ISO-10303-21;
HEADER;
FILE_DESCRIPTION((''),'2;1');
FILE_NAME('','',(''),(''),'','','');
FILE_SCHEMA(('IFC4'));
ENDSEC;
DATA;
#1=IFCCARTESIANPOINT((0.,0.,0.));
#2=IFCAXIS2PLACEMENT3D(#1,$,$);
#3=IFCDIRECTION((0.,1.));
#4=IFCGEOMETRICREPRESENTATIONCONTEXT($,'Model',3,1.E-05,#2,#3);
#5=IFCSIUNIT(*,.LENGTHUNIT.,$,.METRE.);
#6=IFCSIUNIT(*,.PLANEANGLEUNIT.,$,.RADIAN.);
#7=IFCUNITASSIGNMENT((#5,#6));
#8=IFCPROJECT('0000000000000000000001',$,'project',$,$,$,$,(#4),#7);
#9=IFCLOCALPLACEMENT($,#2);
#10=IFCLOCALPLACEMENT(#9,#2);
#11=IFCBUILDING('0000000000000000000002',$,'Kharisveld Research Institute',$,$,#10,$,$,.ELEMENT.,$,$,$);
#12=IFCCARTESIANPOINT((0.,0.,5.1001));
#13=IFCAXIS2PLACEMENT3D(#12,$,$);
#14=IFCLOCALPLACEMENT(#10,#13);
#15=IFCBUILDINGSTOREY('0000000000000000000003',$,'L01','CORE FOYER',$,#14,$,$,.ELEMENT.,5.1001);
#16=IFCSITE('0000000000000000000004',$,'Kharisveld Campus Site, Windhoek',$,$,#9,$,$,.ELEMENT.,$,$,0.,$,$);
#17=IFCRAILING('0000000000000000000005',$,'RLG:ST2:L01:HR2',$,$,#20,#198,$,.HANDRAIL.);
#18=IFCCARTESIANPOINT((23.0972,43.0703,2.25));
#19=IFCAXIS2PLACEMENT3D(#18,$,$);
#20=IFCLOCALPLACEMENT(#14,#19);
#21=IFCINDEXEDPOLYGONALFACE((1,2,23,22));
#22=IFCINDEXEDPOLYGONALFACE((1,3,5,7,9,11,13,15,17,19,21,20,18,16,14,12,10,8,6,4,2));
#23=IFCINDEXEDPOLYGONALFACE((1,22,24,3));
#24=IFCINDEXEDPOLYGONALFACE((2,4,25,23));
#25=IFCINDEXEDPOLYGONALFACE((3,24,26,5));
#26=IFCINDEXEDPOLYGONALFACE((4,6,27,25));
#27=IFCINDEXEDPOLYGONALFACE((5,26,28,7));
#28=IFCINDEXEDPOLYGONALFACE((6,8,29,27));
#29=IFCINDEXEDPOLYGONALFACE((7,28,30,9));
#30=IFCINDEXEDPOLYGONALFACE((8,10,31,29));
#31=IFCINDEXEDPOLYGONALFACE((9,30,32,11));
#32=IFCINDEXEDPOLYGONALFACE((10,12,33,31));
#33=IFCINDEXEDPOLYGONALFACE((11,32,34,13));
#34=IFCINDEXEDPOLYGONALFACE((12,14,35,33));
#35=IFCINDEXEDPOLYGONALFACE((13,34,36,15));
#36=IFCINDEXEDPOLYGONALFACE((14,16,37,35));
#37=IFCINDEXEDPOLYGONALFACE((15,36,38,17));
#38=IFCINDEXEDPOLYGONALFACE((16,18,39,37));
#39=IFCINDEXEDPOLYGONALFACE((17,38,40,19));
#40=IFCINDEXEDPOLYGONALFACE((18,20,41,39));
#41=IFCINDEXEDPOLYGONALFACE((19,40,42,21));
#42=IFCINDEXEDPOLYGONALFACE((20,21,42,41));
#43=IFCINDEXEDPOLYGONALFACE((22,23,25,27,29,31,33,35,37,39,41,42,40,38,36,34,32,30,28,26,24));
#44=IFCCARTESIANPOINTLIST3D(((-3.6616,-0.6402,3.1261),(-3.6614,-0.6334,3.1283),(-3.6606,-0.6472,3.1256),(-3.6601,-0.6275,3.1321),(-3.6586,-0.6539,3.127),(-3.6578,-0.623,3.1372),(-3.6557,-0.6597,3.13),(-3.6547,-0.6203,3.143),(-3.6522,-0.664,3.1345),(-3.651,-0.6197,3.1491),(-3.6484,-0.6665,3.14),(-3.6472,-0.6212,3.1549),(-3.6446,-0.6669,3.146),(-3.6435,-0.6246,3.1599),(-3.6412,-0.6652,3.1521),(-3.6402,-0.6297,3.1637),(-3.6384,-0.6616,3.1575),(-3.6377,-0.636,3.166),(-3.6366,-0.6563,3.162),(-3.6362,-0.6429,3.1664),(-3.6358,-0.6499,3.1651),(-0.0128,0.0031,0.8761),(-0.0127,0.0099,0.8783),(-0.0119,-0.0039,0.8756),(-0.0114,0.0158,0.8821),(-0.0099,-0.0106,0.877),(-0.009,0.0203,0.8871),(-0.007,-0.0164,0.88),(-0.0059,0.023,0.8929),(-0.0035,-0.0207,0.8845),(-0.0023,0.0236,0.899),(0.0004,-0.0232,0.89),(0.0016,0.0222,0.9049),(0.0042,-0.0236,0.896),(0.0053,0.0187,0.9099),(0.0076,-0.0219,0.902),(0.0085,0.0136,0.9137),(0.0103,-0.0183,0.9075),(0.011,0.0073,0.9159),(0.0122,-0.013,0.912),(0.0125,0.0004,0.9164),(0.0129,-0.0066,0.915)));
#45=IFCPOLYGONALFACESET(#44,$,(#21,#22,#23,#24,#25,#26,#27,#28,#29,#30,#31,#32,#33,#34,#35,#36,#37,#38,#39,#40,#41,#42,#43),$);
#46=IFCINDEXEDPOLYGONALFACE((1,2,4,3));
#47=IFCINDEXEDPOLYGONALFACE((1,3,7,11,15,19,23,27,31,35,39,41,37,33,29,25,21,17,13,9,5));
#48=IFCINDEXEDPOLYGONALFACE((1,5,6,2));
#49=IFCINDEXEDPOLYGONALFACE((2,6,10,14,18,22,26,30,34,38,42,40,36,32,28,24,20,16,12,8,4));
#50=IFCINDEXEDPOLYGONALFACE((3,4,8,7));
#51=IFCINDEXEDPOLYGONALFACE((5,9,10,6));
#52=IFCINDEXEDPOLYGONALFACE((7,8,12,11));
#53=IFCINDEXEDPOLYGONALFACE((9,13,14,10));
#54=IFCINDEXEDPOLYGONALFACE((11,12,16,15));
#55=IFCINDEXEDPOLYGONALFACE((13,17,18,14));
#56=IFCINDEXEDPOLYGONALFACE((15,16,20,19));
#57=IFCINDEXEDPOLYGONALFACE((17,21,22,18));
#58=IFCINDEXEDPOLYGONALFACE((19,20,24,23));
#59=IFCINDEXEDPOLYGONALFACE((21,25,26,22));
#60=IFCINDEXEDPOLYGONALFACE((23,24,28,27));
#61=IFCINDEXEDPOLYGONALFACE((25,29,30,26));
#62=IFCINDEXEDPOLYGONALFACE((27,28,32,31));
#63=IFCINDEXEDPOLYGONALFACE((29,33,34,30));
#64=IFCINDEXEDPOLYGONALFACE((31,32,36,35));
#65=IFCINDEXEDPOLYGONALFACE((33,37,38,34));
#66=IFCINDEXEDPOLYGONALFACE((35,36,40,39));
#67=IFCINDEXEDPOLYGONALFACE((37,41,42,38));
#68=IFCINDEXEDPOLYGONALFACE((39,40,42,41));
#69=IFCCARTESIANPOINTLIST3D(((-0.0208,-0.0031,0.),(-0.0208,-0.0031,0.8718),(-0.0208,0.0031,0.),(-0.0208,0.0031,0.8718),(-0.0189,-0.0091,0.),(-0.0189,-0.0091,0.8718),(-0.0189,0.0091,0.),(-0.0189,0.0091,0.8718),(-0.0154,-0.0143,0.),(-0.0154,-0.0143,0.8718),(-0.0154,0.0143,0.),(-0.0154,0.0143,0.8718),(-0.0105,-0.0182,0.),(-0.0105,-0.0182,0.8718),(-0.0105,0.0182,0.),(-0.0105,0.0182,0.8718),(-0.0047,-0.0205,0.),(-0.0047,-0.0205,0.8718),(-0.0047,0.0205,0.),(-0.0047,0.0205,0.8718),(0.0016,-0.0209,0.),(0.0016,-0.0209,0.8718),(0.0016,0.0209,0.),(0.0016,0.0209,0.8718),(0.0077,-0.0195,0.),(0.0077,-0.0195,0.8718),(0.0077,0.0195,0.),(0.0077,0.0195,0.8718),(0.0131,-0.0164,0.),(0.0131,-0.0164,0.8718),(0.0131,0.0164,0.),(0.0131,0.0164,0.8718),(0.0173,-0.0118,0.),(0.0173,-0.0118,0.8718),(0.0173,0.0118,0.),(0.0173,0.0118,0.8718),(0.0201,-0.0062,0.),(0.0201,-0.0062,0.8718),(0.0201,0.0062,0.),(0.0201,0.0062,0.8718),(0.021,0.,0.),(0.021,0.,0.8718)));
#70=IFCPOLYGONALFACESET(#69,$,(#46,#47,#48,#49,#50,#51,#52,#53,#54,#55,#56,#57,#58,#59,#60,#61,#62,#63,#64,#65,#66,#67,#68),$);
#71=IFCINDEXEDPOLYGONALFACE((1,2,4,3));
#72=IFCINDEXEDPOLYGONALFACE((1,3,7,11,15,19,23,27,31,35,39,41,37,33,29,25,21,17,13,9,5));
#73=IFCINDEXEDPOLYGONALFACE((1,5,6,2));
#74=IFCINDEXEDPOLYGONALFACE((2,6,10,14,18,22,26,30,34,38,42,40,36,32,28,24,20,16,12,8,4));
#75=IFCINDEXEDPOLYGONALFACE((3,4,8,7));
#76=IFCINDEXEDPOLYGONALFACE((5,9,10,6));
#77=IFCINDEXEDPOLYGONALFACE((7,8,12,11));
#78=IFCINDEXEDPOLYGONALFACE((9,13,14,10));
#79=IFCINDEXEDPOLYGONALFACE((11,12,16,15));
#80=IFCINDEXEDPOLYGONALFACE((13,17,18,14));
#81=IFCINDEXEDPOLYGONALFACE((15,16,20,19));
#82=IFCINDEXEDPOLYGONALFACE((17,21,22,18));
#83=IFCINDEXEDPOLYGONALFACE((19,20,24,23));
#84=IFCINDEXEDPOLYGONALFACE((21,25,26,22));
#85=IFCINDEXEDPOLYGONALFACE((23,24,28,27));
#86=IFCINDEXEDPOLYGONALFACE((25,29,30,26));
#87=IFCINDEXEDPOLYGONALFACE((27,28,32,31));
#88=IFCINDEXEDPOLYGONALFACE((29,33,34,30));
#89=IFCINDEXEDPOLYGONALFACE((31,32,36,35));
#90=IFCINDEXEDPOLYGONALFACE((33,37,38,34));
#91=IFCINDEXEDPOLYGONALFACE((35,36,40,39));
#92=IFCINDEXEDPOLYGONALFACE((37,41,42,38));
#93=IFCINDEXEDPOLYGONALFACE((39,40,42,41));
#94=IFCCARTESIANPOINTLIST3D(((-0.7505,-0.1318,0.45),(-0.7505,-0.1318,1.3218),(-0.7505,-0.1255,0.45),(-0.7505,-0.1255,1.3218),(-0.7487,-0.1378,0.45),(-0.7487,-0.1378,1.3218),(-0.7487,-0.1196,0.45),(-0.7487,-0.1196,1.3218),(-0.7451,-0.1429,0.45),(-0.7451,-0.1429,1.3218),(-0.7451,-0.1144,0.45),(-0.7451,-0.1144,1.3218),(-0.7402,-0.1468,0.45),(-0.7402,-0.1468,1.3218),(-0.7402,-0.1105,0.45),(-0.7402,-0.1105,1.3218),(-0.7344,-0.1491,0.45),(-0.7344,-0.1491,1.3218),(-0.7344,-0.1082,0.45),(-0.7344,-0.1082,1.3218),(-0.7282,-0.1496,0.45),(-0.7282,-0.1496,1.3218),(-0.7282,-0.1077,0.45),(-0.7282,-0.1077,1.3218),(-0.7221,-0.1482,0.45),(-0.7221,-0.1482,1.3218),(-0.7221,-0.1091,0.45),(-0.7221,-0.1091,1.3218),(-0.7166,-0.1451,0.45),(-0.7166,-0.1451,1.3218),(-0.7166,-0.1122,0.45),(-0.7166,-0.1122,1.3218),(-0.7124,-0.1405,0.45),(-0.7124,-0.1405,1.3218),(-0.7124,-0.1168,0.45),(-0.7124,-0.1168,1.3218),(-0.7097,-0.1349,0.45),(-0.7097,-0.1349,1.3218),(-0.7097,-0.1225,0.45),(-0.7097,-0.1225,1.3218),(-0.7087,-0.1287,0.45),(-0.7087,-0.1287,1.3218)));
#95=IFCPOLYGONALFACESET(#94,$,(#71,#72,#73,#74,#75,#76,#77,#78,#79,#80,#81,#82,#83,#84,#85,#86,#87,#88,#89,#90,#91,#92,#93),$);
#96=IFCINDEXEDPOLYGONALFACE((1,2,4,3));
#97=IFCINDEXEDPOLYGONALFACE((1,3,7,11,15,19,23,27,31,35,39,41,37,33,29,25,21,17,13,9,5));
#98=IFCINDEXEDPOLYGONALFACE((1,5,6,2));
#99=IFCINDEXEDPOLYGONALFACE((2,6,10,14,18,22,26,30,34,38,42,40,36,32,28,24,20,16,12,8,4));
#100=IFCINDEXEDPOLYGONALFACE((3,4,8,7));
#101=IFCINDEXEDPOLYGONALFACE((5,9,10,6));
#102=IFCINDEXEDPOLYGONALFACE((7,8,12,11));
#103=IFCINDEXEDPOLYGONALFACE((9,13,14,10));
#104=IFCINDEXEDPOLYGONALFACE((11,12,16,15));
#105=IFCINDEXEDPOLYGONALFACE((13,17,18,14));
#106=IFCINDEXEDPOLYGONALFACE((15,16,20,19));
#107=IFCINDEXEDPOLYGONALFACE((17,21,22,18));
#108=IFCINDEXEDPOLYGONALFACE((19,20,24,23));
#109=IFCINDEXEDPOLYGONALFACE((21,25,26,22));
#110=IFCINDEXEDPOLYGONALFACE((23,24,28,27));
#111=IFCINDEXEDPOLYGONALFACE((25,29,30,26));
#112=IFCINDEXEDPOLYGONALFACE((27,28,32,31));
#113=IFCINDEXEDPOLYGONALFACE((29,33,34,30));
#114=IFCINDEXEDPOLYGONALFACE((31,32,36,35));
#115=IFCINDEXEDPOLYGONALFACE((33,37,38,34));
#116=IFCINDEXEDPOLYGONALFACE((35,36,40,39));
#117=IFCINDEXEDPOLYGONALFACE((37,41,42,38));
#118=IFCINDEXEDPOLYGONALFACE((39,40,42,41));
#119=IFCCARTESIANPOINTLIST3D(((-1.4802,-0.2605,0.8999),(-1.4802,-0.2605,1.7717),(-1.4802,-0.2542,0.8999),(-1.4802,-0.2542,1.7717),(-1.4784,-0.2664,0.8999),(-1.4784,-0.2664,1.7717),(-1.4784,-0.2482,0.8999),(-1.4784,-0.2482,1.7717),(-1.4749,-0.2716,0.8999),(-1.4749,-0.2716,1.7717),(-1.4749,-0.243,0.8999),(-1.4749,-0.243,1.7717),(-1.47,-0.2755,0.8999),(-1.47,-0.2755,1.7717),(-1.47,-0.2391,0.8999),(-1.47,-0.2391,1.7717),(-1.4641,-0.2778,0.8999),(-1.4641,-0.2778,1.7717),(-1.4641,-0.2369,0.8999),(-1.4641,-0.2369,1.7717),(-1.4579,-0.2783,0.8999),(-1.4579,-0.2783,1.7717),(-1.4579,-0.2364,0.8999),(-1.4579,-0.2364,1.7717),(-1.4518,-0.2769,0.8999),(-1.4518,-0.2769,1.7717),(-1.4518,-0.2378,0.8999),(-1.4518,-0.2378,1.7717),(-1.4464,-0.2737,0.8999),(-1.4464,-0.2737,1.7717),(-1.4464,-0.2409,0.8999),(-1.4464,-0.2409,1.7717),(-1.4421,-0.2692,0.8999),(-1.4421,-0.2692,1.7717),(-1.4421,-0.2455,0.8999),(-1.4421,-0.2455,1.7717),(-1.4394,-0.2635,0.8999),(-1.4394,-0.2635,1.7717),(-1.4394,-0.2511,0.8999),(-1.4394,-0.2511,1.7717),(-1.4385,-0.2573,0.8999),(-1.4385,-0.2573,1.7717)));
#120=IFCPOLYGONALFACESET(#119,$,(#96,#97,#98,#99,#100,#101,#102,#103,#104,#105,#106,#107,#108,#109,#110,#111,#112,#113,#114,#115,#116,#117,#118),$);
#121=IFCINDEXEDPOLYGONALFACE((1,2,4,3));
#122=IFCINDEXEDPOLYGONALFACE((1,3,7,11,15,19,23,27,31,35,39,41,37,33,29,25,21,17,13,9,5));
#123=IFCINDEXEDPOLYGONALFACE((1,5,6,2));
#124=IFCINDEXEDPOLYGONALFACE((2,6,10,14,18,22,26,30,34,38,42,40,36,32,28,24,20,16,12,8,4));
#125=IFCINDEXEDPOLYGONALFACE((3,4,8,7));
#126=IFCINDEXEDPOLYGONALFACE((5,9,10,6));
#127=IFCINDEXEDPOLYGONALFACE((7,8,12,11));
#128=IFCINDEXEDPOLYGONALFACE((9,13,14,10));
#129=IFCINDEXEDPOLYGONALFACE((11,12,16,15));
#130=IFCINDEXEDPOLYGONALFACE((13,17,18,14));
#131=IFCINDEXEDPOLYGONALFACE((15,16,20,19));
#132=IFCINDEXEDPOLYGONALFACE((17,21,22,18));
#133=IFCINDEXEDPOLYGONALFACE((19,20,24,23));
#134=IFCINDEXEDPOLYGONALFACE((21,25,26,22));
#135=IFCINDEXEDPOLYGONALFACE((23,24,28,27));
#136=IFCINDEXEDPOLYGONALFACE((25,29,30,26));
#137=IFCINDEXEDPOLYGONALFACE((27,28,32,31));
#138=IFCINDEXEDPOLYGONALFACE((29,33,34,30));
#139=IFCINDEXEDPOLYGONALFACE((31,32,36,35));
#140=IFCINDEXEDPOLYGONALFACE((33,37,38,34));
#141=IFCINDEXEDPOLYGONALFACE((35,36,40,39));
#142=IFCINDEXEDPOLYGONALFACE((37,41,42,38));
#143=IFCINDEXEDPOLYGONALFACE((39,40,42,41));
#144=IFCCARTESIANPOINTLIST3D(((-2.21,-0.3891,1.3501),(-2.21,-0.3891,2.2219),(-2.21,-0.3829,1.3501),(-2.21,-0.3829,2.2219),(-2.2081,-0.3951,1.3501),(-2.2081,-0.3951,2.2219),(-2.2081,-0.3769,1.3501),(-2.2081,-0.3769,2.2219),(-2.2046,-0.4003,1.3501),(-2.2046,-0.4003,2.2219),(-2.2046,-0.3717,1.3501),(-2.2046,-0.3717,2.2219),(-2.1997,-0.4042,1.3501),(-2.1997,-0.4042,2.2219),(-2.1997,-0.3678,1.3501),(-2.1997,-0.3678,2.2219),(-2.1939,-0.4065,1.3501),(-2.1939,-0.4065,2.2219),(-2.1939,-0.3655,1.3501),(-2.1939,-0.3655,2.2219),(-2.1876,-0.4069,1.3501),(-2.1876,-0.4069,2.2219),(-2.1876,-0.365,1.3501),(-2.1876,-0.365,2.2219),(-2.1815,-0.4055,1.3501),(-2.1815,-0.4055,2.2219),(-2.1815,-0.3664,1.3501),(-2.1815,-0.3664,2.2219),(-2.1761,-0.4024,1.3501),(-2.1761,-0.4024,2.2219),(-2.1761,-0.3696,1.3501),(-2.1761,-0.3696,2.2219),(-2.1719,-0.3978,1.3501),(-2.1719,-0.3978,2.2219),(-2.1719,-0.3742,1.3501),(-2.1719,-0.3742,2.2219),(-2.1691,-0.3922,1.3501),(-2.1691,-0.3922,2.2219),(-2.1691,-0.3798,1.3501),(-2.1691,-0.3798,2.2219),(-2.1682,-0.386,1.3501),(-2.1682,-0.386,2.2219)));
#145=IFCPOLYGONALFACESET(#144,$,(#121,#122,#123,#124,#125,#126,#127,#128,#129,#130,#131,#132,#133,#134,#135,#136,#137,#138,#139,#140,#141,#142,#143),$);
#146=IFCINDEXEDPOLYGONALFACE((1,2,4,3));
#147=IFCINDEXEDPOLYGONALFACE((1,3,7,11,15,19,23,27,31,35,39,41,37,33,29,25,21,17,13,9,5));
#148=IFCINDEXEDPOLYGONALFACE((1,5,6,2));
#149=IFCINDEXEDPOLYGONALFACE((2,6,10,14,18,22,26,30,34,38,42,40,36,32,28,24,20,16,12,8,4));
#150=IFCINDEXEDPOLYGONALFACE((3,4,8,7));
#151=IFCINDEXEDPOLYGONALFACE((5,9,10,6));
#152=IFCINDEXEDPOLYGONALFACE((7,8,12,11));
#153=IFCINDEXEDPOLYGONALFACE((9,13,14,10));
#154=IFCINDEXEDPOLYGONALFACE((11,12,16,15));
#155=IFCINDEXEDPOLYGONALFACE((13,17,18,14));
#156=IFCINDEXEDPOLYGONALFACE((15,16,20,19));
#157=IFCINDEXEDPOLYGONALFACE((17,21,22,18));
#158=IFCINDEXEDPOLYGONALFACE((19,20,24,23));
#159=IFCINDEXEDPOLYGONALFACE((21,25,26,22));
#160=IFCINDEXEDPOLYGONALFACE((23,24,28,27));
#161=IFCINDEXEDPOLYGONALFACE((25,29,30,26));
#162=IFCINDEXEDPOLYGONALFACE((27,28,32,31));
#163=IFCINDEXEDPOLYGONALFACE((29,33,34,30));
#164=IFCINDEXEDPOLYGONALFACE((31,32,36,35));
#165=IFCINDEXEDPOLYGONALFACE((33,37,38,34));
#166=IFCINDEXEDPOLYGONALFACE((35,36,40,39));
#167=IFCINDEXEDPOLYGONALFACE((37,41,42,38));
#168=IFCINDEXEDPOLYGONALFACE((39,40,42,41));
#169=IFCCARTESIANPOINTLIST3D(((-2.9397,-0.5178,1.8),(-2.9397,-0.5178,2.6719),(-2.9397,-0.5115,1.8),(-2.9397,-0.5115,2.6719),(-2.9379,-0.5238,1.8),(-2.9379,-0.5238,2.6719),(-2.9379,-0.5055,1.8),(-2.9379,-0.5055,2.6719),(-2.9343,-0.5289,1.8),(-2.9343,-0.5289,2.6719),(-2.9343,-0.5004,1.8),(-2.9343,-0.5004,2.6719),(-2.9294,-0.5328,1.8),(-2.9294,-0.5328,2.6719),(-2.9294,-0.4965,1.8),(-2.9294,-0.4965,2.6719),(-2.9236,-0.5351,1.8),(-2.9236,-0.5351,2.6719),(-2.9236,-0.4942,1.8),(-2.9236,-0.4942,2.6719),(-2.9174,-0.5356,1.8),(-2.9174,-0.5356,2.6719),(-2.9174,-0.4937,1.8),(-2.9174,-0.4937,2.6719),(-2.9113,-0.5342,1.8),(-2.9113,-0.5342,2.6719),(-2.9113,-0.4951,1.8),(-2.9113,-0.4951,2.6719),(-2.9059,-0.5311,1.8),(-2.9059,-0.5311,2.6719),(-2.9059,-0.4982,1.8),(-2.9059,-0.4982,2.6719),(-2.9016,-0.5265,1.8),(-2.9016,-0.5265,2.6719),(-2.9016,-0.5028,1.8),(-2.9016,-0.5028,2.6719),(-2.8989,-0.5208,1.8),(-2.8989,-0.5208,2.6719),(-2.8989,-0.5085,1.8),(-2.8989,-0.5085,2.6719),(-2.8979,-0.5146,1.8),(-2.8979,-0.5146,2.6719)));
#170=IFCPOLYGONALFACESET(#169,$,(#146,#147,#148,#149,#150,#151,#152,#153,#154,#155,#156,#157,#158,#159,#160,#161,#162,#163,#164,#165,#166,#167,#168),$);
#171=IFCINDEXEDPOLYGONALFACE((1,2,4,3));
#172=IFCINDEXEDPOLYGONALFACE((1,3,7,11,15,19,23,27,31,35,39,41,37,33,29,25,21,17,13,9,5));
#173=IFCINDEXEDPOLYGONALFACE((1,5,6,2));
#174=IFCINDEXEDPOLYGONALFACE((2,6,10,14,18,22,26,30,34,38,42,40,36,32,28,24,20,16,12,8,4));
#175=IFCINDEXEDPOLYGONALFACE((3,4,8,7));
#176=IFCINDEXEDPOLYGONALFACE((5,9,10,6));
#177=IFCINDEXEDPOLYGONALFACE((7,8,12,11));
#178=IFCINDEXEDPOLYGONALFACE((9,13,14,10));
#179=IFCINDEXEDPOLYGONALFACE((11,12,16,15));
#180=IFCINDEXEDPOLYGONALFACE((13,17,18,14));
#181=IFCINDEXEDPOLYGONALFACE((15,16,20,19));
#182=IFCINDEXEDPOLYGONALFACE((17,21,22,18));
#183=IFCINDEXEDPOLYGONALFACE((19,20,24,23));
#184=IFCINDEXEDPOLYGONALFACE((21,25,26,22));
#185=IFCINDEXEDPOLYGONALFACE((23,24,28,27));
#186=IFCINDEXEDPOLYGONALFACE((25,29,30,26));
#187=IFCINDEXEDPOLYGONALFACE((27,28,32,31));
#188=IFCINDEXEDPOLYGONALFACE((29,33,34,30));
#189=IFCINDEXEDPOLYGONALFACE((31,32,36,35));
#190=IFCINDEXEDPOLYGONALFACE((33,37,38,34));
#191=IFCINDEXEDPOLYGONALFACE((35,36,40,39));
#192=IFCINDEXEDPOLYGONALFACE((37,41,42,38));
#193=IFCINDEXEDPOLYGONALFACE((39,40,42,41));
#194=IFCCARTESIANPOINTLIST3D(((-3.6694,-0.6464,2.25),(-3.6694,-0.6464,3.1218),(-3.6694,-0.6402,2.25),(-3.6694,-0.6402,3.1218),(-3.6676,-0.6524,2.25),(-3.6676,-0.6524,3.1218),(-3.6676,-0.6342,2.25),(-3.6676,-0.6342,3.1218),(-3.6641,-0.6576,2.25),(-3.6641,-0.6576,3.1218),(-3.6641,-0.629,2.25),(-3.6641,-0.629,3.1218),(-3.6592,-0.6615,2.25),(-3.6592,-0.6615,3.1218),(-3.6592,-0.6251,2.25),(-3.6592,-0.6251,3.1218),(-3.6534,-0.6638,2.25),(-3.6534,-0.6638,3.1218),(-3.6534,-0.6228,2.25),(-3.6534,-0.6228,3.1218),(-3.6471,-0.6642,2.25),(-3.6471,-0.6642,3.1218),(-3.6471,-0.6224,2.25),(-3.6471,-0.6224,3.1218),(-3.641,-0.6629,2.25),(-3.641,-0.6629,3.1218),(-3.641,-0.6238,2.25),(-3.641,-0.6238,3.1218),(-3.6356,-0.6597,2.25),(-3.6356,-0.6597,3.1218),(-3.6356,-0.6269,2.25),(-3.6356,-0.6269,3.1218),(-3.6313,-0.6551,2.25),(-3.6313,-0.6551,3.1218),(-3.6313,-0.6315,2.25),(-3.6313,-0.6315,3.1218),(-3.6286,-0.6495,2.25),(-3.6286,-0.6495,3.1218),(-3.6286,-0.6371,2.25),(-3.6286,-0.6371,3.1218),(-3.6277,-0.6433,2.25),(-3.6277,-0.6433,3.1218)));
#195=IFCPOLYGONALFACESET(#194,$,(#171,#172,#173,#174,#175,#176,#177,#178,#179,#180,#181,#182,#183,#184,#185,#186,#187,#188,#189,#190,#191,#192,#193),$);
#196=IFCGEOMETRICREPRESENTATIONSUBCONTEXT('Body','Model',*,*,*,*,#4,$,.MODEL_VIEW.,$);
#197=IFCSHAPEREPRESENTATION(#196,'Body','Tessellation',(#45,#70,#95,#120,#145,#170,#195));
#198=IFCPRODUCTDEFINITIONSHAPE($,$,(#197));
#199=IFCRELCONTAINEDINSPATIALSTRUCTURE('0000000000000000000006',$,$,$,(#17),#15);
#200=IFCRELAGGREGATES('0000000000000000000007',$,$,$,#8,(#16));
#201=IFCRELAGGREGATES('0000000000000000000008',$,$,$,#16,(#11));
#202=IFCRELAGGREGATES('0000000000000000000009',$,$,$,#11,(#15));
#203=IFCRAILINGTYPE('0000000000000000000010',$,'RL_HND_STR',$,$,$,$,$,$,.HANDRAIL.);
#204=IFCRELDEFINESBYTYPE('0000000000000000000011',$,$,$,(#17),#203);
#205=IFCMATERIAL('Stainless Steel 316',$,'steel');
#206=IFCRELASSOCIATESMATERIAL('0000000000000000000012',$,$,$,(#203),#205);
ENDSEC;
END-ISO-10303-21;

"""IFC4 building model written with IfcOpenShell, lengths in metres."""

from ifc_helpers import new_model, si_unit, direction, frame, origin, origin_2d, place, context, subcontext, project, spatial, circle, extrude, material, type_object, element, save


model = new_model("IFC4")

# Units and contexts
model_context = context("Model", 3, precision=1e-05, world=origin(), true_north=direction((0.0, 1.0)))
body_context = subcontext(model_context, "Body", "Model", "MODEL_VIEW")
ifc_project = project(units=[si_unit("LENGTHUNIT", "METRE"), si_unit("PLANEANGLEUNIT", "RADIAN")], contexts=[model_context])

# Site, building, storey
site_placement = place(None, origin())
site = spatial("IfcSite", under=ifc_project, at=site_placement, Name="Kharisveld Campus Site, Windhoek", CompositionType="ELEMENT", RefElevation=0.0)
building_placement = place(site_placement, origin())
building = spatial("IfcBuilding", under=site, at=building_placement, Name="Kharisveld Research Institute", CompositionType="ELEMENT")
storey_placement = place(building_placement, frame((0.0, 0.0, 5.1001)))
storey = spatial("IfcBuildingStorey", under=building, at=storey_placement, Name="L01", Description="CORE FOYER", CompositionType="ELEMENT", Elevation=5.1001)

# Railing
ifc_material_1 = material(Name="Stainless Steel 316", Category="steel")
railing_type = type_object("IfcRailingType", Name="RL_HND_STR", PredefinedType="HANDRAIL", material=ifc_material_1)
railing_1_placement = place(storey_placement, frame((23.0972, 43.0703, 2.25)))
element("IfcRailing", 1, at=railing_1_placement, inside=storey, type_object=railing_type, Name="RLG:ST2:L01:HR2", PredefinedType="HANDRAIL", context=body_context, shape_type="SweptSolid", body=[
    extrude(circle(Radius=0.0239, at=origin_2d()), frame((0.0, 0.0, 0.896), z_axis=(-0.841747, -0.148411, 0.519073), x_axis=(0.173635, -0.98481, 0.0)), (0.0, 0.0, 1.0), 4.3347),
    extrude(circle(Radius=0.021, at=origin_2d()), origin(), (0.0, 0.0, 1.0), 0.8718),
    extrude(circle(Radius=0.021, at=origin_2d()), frame((-0.7297, -0.1287, 0.45)), (0.0, 0.0, 1.0), 0.8718),
    extrude(circle(Radius=0.021, at=origin_2d()), frame((-1.4595, -0.2573, 0.8999)), (0.0, 0.0, 1.0), 0.8718),
    extrude(circle(Radius=0.021, at=origin_2d()), frame((-2.1892, -0.386, 1.3501)), (0.0, 0.0, 1.0), 0.8718),
    extrude(circle(Radius=0.021, at=origin_2d()), frame((-2.9189, -0.5146, 1.8)), (0.0, 0.0, 1.0), 0.8718),
    extrude(circle(Radius=0.021, at=origin_2d()), frame((-3.6487, -0.6433, 2.25)), (0.0, 0.0, 1.0), 0.8718),
])

save(model, "model.ifc")
